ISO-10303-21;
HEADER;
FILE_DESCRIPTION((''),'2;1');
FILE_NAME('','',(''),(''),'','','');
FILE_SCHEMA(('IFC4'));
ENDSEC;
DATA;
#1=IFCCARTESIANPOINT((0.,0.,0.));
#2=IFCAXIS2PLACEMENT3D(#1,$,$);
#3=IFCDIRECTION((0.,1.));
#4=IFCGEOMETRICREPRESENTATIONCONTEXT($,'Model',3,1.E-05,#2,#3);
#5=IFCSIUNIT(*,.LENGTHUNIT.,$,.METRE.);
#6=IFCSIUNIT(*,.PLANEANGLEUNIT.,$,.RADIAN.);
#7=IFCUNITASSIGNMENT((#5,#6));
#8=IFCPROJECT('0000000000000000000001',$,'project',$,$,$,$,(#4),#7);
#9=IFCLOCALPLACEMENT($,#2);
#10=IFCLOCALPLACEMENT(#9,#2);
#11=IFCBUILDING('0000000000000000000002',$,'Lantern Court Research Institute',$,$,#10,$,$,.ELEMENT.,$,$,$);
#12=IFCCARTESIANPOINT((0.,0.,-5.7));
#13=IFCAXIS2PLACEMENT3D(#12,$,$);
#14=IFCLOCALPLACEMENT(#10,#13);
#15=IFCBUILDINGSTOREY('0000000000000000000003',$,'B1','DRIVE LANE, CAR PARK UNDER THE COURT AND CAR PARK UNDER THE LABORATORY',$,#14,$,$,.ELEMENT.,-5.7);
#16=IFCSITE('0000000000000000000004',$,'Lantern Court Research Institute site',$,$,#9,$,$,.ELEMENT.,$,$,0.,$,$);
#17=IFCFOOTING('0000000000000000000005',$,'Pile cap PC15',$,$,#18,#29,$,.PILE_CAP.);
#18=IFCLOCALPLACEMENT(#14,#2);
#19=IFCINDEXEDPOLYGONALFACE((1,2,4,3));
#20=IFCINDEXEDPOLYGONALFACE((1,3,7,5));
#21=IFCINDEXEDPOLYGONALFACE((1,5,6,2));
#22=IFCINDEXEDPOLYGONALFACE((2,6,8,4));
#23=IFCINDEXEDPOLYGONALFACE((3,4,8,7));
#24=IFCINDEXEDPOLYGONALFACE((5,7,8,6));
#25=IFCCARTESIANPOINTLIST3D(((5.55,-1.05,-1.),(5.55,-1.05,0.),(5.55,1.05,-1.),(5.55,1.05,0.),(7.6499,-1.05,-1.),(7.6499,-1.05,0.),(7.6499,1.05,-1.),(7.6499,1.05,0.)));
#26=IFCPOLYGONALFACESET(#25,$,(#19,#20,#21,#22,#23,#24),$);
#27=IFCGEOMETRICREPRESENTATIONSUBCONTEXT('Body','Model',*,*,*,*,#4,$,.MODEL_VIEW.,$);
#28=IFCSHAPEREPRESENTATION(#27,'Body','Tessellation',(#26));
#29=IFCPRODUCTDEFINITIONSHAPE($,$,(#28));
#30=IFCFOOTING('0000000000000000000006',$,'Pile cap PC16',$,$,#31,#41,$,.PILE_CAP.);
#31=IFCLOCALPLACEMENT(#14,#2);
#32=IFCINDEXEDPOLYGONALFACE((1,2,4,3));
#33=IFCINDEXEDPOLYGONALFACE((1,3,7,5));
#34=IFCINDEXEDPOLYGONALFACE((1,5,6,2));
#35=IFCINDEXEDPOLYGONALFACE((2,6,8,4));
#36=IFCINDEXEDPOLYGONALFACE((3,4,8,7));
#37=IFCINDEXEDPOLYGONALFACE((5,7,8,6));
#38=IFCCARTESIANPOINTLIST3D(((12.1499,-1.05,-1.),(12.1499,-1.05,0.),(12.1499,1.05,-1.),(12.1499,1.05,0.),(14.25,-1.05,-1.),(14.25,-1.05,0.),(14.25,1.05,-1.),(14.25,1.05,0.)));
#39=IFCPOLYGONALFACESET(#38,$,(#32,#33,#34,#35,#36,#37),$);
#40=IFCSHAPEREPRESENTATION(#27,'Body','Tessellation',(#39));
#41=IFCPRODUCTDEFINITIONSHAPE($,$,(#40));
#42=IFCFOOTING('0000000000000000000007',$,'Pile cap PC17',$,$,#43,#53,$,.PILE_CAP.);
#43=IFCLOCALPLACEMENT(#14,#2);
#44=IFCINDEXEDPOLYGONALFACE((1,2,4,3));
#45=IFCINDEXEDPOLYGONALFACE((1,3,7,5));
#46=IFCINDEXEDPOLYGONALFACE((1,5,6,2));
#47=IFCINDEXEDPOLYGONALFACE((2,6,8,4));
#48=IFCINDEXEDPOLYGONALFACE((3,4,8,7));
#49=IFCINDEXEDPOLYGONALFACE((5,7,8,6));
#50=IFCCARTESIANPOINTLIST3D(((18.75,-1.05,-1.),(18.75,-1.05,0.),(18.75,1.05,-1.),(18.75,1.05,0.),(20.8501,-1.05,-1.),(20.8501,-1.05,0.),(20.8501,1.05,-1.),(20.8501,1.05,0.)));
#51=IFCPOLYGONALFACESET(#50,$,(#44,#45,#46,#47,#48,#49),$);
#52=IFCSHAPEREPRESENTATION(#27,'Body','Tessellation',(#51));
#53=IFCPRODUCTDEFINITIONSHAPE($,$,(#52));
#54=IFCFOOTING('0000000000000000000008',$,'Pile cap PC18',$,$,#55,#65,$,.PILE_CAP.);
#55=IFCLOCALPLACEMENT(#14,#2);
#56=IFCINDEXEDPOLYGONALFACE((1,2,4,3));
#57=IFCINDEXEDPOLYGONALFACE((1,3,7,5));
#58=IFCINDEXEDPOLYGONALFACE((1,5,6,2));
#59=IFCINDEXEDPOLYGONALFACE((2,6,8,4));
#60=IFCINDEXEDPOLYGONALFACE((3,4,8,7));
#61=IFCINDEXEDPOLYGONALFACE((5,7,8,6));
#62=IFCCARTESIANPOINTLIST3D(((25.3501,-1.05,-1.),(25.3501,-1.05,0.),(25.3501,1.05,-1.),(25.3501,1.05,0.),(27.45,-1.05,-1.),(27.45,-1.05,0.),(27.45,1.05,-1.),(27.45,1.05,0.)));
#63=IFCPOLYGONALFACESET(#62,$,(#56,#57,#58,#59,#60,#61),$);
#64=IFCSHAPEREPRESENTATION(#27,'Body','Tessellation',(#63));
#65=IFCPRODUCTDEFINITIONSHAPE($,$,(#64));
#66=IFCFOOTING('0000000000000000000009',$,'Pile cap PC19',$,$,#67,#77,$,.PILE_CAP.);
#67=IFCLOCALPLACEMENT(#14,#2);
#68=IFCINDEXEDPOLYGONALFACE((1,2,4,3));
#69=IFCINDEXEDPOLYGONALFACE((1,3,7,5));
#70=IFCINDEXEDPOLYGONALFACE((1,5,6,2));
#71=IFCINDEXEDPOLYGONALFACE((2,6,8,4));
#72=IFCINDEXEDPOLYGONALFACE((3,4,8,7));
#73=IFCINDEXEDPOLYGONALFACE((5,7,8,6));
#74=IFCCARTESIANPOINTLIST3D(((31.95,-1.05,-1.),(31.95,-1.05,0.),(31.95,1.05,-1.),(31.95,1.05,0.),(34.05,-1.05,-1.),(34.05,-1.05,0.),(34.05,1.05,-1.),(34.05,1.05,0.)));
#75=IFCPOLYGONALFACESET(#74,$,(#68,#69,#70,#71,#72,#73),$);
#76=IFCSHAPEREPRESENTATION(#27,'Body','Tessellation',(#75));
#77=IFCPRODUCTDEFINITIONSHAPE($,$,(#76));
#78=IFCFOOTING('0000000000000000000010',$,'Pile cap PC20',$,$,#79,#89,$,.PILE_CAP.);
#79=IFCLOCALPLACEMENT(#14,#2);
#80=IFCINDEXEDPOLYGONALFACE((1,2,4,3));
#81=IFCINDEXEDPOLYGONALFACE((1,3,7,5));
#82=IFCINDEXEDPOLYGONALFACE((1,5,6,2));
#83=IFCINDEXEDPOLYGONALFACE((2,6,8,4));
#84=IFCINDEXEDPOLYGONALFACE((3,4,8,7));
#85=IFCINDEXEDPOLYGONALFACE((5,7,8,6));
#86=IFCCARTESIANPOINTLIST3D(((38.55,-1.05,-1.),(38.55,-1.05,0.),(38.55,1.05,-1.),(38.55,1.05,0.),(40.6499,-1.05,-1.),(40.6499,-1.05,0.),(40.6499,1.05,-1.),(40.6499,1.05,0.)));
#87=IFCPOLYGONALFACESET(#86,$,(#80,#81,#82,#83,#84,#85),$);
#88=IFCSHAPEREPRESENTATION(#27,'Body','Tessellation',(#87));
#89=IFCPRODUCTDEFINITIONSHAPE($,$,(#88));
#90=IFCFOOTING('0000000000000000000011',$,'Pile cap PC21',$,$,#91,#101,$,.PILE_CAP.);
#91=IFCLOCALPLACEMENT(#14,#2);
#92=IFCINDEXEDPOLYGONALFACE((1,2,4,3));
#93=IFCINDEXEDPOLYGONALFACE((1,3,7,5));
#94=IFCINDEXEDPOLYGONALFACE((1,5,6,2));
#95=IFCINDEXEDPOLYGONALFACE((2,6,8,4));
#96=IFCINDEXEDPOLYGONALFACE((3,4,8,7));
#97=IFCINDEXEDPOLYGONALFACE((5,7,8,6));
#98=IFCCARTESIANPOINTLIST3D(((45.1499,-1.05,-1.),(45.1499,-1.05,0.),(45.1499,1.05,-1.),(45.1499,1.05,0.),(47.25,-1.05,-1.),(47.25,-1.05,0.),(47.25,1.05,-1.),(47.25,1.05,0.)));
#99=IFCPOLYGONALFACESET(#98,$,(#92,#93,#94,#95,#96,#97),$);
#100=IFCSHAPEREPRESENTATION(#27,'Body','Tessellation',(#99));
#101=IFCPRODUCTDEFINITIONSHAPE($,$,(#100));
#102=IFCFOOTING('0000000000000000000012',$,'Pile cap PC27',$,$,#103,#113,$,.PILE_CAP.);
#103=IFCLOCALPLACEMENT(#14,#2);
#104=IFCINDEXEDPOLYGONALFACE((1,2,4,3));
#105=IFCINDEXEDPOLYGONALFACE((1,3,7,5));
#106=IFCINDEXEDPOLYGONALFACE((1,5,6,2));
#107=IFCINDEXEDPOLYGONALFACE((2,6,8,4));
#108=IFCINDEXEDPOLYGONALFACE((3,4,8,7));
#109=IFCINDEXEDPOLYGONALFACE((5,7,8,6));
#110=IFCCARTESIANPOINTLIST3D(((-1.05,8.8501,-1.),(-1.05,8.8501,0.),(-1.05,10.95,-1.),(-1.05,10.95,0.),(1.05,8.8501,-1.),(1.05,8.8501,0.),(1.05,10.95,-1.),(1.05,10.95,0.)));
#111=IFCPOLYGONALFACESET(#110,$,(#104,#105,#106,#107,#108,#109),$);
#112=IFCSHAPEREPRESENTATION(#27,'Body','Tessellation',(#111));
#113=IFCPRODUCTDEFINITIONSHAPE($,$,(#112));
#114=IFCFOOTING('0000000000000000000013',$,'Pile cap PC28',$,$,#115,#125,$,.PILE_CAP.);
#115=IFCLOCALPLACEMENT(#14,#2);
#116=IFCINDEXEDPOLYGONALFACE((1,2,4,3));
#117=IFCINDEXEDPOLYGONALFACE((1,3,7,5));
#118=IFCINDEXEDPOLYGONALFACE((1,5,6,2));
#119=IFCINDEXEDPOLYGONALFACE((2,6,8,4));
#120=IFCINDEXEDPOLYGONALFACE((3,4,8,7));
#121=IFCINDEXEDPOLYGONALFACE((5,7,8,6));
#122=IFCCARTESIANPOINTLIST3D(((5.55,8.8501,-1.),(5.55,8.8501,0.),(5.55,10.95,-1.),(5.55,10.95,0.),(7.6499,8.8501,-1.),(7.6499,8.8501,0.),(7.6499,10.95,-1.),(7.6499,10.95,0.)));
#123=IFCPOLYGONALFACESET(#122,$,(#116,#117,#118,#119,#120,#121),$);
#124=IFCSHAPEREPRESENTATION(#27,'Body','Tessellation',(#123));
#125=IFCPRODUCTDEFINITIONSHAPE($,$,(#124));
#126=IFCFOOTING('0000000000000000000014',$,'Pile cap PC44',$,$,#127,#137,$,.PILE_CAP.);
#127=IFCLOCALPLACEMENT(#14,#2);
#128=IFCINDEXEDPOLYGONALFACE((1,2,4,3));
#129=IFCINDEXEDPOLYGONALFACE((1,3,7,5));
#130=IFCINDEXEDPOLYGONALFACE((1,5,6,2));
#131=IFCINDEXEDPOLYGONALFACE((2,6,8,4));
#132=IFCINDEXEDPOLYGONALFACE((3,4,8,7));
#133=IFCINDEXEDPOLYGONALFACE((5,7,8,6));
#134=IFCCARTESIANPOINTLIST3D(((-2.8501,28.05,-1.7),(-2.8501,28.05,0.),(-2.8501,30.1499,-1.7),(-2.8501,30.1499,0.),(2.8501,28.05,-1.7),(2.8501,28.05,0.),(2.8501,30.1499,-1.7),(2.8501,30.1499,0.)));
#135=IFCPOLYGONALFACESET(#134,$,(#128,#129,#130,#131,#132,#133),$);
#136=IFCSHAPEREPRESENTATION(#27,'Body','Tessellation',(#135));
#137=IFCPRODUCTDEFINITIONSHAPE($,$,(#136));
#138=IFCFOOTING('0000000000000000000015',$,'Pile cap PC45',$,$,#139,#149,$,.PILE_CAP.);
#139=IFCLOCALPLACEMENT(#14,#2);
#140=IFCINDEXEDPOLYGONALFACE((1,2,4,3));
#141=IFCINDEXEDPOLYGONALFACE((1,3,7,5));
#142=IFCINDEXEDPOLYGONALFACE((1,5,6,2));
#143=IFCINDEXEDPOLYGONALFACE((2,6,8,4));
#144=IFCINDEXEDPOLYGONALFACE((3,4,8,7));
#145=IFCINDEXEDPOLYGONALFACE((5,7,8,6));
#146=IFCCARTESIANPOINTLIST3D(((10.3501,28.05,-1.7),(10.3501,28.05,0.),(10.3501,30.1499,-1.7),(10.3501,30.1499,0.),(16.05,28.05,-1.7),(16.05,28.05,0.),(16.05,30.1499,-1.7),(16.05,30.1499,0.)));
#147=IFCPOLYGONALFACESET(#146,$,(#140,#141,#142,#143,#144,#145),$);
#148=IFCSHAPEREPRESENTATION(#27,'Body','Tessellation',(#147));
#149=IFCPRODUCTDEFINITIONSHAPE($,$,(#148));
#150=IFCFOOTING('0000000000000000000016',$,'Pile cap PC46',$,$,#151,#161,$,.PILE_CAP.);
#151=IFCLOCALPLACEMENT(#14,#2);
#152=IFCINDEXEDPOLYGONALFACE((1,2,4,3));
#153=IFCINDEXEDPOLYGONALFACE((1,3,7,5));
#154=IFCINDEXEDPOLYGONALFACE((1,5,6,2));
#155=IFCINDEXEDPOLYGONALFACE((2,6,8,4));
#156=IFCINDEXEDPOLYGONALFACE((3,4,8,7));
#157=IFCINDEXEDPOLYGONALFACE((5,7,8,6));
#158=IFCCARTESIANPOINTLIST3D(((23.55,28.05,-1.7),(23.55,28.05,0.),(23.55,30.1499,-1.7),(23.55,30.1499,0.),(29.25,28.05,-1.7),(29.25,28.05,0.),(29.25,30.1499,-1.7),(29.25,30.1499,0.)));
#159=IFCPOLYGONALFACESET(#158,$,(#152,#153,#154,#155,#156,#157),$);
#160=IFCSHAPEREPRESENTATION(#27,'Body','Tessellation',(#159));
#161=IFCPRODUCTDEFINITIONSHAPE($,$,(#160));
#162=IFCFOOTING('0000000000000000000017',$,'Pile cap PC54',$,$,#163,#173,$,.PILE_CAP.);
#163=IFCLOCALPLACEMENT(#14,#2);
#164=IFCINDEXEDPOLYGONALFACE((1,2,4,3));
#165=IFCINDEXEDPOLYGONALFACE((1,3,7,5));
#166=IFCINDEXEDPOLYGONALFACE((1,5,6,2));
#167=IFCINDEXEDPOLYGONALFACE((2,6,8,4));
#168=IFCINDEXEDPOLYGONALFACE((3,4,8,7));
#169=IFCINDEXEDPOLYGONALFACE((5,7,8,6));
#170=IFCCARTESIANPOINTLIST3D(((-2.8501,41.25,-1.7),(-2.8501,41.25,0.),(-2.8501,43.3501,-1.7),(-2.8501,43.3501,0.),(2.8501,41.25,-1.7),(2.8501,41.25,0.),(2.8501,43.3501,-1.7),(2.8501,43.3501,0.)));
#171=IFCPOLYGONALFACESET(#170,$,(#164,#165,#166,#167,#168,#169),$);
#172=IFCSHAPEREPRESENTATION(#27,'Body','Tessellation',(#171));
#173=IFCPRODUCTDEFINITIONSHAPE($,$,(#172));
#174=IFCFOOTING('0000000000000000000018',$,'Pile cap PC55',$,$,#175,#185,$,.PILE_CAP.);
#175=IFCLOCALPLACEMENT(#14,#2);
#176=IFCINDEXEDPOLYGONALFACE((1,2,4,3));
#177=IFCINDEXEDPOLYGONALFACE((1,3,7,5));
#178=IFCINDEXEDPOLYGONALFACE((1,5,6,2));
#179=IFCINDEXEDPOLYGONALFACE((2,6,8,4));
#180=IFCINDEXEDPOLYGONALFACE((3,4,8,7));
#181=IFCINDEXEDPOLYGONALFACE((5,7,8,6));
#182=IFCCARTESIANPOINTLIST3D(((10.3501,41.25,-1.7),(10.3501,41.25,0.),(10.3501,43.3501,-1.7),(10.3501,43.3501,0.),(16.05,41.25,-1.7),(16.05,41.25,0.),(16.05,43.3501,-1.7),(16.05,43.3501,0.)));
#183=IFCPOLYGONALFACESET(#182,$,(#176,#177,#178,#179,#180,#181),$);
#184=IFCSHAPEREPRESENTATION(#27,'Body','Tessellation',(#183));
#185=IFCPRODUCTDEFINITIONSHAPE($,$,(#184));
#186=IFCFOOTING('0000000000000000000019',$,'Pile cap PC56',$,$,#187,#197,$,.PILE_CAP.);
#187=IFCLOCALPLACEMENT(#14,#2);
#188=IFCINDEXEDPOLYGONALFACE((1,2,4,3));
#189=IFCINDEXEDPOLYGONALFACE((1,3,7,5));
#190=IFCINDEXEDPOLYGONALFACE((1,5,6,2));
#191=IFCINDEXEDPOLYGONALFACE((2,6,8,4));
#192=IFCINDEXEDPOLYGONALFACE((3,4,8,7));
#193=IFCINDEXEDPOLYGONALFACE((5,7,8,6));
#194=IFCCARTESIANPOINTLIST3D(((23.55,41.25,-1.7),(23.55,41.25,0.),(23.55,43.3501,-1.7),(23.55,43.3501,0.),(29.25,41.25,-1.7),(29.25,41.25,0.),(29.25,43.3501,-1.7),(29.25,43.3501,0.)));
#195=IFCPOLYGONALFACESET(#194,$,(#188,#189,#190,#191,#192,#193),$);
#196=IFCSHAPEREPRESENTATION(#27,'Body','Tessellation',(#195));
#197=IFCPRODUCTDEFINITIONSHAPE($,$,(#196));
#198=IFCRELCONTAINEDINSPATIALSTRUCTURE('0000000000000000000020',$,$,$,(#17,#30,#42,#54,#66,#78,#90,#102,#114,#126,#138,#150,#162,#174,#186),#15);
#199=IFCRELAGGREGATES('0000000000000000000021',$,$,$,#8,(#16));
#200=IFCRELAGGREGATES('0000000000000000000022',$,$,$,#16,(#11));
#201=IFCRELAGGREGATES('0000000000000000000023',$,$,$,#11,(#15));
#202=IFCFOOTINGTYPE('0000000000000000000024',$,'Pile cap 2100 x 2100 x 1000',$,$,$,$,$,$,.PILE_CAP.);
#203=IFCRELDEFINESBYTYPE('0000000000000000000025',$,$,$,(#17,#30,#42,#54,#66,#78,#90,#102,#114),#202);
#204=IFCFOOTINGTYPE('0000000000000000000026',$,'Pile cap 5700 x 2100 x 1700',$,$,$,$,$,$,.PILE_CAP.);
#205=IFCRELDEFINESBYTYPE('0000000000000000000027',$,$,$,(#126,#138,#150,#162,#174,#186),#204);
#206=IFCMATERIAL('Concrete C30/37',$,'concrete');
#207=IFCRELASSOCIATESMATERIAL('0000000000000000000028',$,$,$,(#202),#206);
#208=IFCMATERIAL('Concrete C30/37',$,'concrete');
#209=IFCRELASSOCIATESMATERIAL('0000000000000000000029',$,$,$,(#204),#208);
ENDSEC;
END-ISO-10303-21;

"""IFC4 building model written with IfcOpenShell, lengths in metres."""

from ifc_helpers import new_model, si_unit, direction, frame, origin, place, context, subcontext, project, spatial, polyline, outline, extrude, material, type_object, element, save


model = new_model("IFC4")

# Units and contexts
model_context = context("Model", 3, precision=1e-05, world=origin(), true_north=direction((0.0, 1.0)))
body_context = subcontext(model_context, "Body", "Model", "MODEL_VIEW")
ifc_project = project(units=[si_unit("LENGTHUNIT", "METRE"), si_unit("PLANEANGLEUNIT", "RADIAN")], contexts=[model_context])

# Site, building, storey
site_placement = place(None, origin())
site = spatial("IfcSite", under=ifc_project, at=site_placement, Name="Lantern Court Research Institute site", CompositionType="ELEMENT", RefElevation=0.0)
building_placement = place(site_placement, origin())
building = spatial("IfcBuilding", under=site, at=building_placement, Name="Lantern Court Research Institute", CompositionType="ELEMENT")
storey_placement = place(building_placement, frame((0.0, 0.0, -5.7)))
storey = spatial("IfcBuildingStorey", under=building, at=storey_placement, Name="B1", Description="DRIVE LANE, CAR PARK UNDER THE COURT AND CAR PARK UNDER THE LABORATORY", CompositionType="ELEMENT", Elevation=-5.7)

# Footings
ifc_material_1 = material(Name="Concrete C30/37", Category="concrete")
footing_type_1 = type_object("IfcFootingType", Name="Pile cap 2100 x 2100 x 1000", PredefinedType="PILE_CAP", material=ifc_material_1)
footing_1_placement = place(storey_placement, frame((0.0, 0.0, -1.0)))
element("IfcFooting", 1, at=footing_1_placement, inside=storey, type_object=footing_type_1, Name="Pile cap PC15", PredefinedType="PILE_CAP", context=body_context, shape_type="SweptSolid", body=[
    extrude(outline(polyline([(5.55, -1.05), (7.6499, -1.05), (7.6499, 1.05), (5.55, 1.05), (5.55, -1.05)])), origin(), (0.0, 0.0, 1.0), 1.0),
])
footing_2_placement = place(storey_placement, frame((0.0, 0.0, -1.0)))
element("IfcFooting", 2, at=footing_2_placement, inside=storey, type_object=footing_type_1, Name="Pile cap PC16", PredefinedType="PILE_CAP", context=body_context, shape_type="SweptSolid", body=[
    extrude(outline(polyline([(12.1499, -1.05), (14.25, -1.05), (14.25, 1.05), (12.1499, 1.05), (12.1499, -1.05)])), origin(), (0.0, 0.0, 1.0), 1.0),
])
footing_3_placement = place(storey_placement, frame((0.0, 0.0, -1.0)))
element("IfcFooting", 3, at=footing_3_placement, inside=storey, type_object=footing_type_1, Name="Pile cap PC17", PredefinedType="PILE_CAP", context=body_context, shape_type="SweptSolid", body=[
    extrude(outline(polyline([(18.75, -1.05), (20.8501, -1.05), (20.8501, 1.05), (18.75, 1.05), (18.75, -1.05)])), origin(), (0.0, 0.0, 1.0), 1.0),
])
footing_4_placement = place(storey_placement, frame((0.0, 0.0, -1.0)))
element("IfcFooting", 4, at=footing_4_placement, inside=storey, type_object=footing_type_1, Name="Pile cap PC18", PredefinedType="PILE_CAP", context=body_context, shape_type="SweptSolid", body=[
    extrude(outline(polyline([(25.3501, -1.05), (27.45, -1.05), (27.45, 1.05), (25.3501, 1.05), (25.3501, -1.05)])), origin(), (0.0, 0.0, 1.0), 1.0),
])
footing_5_placement = place(storey_placement, frame((0.0, 0.0, -1.0)))
element("IfcFooting", 5, at=footing_5_placement, inside=storey, type_object=footing_type_1, Name="Pile cap PC19", PredefinedType="PILE_CAP", context=body_context, shape_type="SweptSolid", body=[
    extrude(outline(polyline([(31.95, -1.05), (34.05, -1.05), (34.05, 1.05), (31.95, 1.05), (31.95, -1.05)])), origin(), (0.0, 0.0, 1.0), 1.0),
])
footing_6_placement = place(storey_placement, frame((0.0, 0.0, -1.0)))
element("IfcFooting", 6, at=footing_6_placement, inside=storey, type_object=footing_type_1, Name="Pile cap PC20", PredefinedType="PILE_CAP", context=body_context, shape_type="SweptSolid", body=[
    extrude(outline(polyline([(38.55, -1.05), (40.6499, -1.05), (40.6499, 1.05), (38.55, 1.05), (38.55, -1.05)])), origin(), (0.0, 0.0, 1.0), 1.0),
])
footing_7_placement = place(storey_placement, frame((0.0, 0.0, -1.0)))
element("IfcFooting", 7, at=footing_7_placement, inside=storey, type_object=footing_type_1, Name="Pile cap PC21", PredefinedType="PILE_CAP", context=body_context, shape_type="SweptSolid", body=[
    extrude(outline(polyline([(45.1499, -1.05), (47.25, -1.05), (47.25, 1.05), (45.1499, 1.05), (45.1499, -1.05)])), origin(), (0.0, 0.0, 1.0), 1.0),
])
footing_8_placement = place(storey_placement, frame((0.0, 0.0, -1.0)))
element("IfcFooting", 8, at=footing_8_placement, inside=storey, type_object=footing_type_1, Name="Pile cap PC27", PredefinedType="PILE_CAP", context=body_context, shape_type="SweptSolid", body=[
    extrude(outline(polyline([(-1.05, 8.8501), (1.05, 8.8501), (1.05, 10.95), (-1.05, 10.95), (-1.05, 8.8501)])), origin(), (0.0, 0.0, 1.0), 1.0),
])
footing_9_placement = place(storey_placement, frame((0.0, 0.0, -1.0)))
element("IfcFooting", 9, at=footing_9_placement, inside=storey, type_object=footing_type_1, Name="Pile cap PC28", PredefinedType="PILE_CAP", context=body_context, shape_type="SweptSolid", body=[
    extrude(outline(polyline([(5.55, 8.8501), (7.6499, 8.8501), (7.6499, 10.95), (5.55, 10.95), (5.55, 8.8501)])), origin(), (0.0, 0.0, 1.0), 1.0),
])
ifc_material_2 = material(Name="Concrete C30/37", Category="concrete")
footing_type_2 = type_object("IfcFootingType", Name="Pile cap 5700 x 2100 x 1700", PredefinedType="PILE_CAP", material=ifc_material_2)
footing_10_placement = place(storey_placement, frame((0.0, 0.0, -1.7)))
element("IfcFooting", 10, at=footing_10_placement, inside=storey, type_object=footing_type_2, Name="Pile cap PC44", PredefinedType="PILE_CAP", context=body_context, shape_type="SweptSolid", body=[
    extrude(outline(polyline([(-2.8501, 28.05), (2.8501, 28.05), (2.8501, 30.1499), (-2.8501, 30.1499), (-2.8501, 28.05)])), origin(), (0.0, 0.0, 1.0), 1.7),
])
footing_11_placement = place(storey_placement, frame((0.0, 0.0, -1.7)))
element("IfcFooting", 11, at=footing_11_placement, inside=storey, type_object=footing_type_2, Name="Pile cap PC45", PredefinedType="PILE_CAP", context=body_context, shape_type="SweptSolid", body=[
    extrude(outline(polyline([(10.3501, 28.05), (16.05, 28.05), (16.05, 30.1499), (10.3501, 30.1499), (10.3501, 28.05)])), origin(), (0.0, 0.0, 1.0), 1.7),
])
footing_12_placement = place(storey_placement, frame((0.0, 0.0, -1.7)))
element("IfcFooting", 12, at=footing_12_placement, inside=storey, type_object=footing_type_2, Name="Pile cap PC46", PredefinedType="PILE_CAP", context=body_context, shape_type="SweptSolid", body=[
    extrude(outline(polyline([(23.55, 28.05), (29.25, 28.05), (29.25, 30.1499), (23.55, 30.1499), (23.55, 28.05)])), origin(), (0.0, 0.0, 1.0), 1.7),
])
footing_13_placement = place(storey_placement, frame((0.0, 0.0, -1.7)))
element("IfcFooting", 13, at=footing_13_placement, inside=storey, type_object=footing_type_2, Name="Pile cap PC54", PredefinedType="PILE_CAP", context=body_context, shape_type="SweptSolid", body=[
    extrude(outline(polyline([(-2.8501, 41.25), (2.8501, 41.25), (2.8501, 43.3501), (-2.8501, 43.3501), (-2.8501, 41.25)])), origin(), (0.0, 0.0, 1.0), 1.7),
])
footing_14_placement = place(storey_placement, frame((0.0, 0.0, -1.7)))
element("IfcFooting", 14, at=footing_14_placement, inside=storey, type_object=footing_type_2, Name="Pile cap PC55", PredefinedType="PILE_CAP", context=body_context, shape_type="SweptSolid", body=[
    extrude(outline(polyline([(10.3501, 41.25), (16.05, 41.25), (16.05, 43.3501), (10.3501, 43.3501), (10.3501, 41.25)])), origin(), (0.0, 0.0, 1.0), 1.7),
])
footing_15_placement = place(storey_placement, frame((0.0, 0.0, -1.7)))
element("IfcFooting", 15, at=footing_15_placement, inside=storey, type_object=footing_type_2, Name="Pile cap PC56", PredefinedType="PILE_CAP", context=body_context, shape_type="SweptSolid", body=[
    extrude(outline(polyline([(23.55, 41.25), (29.25, 41.25), (29.25, 43.3501), (23.55, 43.3501), (23.55, 41.25)])), origin(), (0.0, 0.0, 1.0), 1.7),
])

save(model, "model.ifc")
